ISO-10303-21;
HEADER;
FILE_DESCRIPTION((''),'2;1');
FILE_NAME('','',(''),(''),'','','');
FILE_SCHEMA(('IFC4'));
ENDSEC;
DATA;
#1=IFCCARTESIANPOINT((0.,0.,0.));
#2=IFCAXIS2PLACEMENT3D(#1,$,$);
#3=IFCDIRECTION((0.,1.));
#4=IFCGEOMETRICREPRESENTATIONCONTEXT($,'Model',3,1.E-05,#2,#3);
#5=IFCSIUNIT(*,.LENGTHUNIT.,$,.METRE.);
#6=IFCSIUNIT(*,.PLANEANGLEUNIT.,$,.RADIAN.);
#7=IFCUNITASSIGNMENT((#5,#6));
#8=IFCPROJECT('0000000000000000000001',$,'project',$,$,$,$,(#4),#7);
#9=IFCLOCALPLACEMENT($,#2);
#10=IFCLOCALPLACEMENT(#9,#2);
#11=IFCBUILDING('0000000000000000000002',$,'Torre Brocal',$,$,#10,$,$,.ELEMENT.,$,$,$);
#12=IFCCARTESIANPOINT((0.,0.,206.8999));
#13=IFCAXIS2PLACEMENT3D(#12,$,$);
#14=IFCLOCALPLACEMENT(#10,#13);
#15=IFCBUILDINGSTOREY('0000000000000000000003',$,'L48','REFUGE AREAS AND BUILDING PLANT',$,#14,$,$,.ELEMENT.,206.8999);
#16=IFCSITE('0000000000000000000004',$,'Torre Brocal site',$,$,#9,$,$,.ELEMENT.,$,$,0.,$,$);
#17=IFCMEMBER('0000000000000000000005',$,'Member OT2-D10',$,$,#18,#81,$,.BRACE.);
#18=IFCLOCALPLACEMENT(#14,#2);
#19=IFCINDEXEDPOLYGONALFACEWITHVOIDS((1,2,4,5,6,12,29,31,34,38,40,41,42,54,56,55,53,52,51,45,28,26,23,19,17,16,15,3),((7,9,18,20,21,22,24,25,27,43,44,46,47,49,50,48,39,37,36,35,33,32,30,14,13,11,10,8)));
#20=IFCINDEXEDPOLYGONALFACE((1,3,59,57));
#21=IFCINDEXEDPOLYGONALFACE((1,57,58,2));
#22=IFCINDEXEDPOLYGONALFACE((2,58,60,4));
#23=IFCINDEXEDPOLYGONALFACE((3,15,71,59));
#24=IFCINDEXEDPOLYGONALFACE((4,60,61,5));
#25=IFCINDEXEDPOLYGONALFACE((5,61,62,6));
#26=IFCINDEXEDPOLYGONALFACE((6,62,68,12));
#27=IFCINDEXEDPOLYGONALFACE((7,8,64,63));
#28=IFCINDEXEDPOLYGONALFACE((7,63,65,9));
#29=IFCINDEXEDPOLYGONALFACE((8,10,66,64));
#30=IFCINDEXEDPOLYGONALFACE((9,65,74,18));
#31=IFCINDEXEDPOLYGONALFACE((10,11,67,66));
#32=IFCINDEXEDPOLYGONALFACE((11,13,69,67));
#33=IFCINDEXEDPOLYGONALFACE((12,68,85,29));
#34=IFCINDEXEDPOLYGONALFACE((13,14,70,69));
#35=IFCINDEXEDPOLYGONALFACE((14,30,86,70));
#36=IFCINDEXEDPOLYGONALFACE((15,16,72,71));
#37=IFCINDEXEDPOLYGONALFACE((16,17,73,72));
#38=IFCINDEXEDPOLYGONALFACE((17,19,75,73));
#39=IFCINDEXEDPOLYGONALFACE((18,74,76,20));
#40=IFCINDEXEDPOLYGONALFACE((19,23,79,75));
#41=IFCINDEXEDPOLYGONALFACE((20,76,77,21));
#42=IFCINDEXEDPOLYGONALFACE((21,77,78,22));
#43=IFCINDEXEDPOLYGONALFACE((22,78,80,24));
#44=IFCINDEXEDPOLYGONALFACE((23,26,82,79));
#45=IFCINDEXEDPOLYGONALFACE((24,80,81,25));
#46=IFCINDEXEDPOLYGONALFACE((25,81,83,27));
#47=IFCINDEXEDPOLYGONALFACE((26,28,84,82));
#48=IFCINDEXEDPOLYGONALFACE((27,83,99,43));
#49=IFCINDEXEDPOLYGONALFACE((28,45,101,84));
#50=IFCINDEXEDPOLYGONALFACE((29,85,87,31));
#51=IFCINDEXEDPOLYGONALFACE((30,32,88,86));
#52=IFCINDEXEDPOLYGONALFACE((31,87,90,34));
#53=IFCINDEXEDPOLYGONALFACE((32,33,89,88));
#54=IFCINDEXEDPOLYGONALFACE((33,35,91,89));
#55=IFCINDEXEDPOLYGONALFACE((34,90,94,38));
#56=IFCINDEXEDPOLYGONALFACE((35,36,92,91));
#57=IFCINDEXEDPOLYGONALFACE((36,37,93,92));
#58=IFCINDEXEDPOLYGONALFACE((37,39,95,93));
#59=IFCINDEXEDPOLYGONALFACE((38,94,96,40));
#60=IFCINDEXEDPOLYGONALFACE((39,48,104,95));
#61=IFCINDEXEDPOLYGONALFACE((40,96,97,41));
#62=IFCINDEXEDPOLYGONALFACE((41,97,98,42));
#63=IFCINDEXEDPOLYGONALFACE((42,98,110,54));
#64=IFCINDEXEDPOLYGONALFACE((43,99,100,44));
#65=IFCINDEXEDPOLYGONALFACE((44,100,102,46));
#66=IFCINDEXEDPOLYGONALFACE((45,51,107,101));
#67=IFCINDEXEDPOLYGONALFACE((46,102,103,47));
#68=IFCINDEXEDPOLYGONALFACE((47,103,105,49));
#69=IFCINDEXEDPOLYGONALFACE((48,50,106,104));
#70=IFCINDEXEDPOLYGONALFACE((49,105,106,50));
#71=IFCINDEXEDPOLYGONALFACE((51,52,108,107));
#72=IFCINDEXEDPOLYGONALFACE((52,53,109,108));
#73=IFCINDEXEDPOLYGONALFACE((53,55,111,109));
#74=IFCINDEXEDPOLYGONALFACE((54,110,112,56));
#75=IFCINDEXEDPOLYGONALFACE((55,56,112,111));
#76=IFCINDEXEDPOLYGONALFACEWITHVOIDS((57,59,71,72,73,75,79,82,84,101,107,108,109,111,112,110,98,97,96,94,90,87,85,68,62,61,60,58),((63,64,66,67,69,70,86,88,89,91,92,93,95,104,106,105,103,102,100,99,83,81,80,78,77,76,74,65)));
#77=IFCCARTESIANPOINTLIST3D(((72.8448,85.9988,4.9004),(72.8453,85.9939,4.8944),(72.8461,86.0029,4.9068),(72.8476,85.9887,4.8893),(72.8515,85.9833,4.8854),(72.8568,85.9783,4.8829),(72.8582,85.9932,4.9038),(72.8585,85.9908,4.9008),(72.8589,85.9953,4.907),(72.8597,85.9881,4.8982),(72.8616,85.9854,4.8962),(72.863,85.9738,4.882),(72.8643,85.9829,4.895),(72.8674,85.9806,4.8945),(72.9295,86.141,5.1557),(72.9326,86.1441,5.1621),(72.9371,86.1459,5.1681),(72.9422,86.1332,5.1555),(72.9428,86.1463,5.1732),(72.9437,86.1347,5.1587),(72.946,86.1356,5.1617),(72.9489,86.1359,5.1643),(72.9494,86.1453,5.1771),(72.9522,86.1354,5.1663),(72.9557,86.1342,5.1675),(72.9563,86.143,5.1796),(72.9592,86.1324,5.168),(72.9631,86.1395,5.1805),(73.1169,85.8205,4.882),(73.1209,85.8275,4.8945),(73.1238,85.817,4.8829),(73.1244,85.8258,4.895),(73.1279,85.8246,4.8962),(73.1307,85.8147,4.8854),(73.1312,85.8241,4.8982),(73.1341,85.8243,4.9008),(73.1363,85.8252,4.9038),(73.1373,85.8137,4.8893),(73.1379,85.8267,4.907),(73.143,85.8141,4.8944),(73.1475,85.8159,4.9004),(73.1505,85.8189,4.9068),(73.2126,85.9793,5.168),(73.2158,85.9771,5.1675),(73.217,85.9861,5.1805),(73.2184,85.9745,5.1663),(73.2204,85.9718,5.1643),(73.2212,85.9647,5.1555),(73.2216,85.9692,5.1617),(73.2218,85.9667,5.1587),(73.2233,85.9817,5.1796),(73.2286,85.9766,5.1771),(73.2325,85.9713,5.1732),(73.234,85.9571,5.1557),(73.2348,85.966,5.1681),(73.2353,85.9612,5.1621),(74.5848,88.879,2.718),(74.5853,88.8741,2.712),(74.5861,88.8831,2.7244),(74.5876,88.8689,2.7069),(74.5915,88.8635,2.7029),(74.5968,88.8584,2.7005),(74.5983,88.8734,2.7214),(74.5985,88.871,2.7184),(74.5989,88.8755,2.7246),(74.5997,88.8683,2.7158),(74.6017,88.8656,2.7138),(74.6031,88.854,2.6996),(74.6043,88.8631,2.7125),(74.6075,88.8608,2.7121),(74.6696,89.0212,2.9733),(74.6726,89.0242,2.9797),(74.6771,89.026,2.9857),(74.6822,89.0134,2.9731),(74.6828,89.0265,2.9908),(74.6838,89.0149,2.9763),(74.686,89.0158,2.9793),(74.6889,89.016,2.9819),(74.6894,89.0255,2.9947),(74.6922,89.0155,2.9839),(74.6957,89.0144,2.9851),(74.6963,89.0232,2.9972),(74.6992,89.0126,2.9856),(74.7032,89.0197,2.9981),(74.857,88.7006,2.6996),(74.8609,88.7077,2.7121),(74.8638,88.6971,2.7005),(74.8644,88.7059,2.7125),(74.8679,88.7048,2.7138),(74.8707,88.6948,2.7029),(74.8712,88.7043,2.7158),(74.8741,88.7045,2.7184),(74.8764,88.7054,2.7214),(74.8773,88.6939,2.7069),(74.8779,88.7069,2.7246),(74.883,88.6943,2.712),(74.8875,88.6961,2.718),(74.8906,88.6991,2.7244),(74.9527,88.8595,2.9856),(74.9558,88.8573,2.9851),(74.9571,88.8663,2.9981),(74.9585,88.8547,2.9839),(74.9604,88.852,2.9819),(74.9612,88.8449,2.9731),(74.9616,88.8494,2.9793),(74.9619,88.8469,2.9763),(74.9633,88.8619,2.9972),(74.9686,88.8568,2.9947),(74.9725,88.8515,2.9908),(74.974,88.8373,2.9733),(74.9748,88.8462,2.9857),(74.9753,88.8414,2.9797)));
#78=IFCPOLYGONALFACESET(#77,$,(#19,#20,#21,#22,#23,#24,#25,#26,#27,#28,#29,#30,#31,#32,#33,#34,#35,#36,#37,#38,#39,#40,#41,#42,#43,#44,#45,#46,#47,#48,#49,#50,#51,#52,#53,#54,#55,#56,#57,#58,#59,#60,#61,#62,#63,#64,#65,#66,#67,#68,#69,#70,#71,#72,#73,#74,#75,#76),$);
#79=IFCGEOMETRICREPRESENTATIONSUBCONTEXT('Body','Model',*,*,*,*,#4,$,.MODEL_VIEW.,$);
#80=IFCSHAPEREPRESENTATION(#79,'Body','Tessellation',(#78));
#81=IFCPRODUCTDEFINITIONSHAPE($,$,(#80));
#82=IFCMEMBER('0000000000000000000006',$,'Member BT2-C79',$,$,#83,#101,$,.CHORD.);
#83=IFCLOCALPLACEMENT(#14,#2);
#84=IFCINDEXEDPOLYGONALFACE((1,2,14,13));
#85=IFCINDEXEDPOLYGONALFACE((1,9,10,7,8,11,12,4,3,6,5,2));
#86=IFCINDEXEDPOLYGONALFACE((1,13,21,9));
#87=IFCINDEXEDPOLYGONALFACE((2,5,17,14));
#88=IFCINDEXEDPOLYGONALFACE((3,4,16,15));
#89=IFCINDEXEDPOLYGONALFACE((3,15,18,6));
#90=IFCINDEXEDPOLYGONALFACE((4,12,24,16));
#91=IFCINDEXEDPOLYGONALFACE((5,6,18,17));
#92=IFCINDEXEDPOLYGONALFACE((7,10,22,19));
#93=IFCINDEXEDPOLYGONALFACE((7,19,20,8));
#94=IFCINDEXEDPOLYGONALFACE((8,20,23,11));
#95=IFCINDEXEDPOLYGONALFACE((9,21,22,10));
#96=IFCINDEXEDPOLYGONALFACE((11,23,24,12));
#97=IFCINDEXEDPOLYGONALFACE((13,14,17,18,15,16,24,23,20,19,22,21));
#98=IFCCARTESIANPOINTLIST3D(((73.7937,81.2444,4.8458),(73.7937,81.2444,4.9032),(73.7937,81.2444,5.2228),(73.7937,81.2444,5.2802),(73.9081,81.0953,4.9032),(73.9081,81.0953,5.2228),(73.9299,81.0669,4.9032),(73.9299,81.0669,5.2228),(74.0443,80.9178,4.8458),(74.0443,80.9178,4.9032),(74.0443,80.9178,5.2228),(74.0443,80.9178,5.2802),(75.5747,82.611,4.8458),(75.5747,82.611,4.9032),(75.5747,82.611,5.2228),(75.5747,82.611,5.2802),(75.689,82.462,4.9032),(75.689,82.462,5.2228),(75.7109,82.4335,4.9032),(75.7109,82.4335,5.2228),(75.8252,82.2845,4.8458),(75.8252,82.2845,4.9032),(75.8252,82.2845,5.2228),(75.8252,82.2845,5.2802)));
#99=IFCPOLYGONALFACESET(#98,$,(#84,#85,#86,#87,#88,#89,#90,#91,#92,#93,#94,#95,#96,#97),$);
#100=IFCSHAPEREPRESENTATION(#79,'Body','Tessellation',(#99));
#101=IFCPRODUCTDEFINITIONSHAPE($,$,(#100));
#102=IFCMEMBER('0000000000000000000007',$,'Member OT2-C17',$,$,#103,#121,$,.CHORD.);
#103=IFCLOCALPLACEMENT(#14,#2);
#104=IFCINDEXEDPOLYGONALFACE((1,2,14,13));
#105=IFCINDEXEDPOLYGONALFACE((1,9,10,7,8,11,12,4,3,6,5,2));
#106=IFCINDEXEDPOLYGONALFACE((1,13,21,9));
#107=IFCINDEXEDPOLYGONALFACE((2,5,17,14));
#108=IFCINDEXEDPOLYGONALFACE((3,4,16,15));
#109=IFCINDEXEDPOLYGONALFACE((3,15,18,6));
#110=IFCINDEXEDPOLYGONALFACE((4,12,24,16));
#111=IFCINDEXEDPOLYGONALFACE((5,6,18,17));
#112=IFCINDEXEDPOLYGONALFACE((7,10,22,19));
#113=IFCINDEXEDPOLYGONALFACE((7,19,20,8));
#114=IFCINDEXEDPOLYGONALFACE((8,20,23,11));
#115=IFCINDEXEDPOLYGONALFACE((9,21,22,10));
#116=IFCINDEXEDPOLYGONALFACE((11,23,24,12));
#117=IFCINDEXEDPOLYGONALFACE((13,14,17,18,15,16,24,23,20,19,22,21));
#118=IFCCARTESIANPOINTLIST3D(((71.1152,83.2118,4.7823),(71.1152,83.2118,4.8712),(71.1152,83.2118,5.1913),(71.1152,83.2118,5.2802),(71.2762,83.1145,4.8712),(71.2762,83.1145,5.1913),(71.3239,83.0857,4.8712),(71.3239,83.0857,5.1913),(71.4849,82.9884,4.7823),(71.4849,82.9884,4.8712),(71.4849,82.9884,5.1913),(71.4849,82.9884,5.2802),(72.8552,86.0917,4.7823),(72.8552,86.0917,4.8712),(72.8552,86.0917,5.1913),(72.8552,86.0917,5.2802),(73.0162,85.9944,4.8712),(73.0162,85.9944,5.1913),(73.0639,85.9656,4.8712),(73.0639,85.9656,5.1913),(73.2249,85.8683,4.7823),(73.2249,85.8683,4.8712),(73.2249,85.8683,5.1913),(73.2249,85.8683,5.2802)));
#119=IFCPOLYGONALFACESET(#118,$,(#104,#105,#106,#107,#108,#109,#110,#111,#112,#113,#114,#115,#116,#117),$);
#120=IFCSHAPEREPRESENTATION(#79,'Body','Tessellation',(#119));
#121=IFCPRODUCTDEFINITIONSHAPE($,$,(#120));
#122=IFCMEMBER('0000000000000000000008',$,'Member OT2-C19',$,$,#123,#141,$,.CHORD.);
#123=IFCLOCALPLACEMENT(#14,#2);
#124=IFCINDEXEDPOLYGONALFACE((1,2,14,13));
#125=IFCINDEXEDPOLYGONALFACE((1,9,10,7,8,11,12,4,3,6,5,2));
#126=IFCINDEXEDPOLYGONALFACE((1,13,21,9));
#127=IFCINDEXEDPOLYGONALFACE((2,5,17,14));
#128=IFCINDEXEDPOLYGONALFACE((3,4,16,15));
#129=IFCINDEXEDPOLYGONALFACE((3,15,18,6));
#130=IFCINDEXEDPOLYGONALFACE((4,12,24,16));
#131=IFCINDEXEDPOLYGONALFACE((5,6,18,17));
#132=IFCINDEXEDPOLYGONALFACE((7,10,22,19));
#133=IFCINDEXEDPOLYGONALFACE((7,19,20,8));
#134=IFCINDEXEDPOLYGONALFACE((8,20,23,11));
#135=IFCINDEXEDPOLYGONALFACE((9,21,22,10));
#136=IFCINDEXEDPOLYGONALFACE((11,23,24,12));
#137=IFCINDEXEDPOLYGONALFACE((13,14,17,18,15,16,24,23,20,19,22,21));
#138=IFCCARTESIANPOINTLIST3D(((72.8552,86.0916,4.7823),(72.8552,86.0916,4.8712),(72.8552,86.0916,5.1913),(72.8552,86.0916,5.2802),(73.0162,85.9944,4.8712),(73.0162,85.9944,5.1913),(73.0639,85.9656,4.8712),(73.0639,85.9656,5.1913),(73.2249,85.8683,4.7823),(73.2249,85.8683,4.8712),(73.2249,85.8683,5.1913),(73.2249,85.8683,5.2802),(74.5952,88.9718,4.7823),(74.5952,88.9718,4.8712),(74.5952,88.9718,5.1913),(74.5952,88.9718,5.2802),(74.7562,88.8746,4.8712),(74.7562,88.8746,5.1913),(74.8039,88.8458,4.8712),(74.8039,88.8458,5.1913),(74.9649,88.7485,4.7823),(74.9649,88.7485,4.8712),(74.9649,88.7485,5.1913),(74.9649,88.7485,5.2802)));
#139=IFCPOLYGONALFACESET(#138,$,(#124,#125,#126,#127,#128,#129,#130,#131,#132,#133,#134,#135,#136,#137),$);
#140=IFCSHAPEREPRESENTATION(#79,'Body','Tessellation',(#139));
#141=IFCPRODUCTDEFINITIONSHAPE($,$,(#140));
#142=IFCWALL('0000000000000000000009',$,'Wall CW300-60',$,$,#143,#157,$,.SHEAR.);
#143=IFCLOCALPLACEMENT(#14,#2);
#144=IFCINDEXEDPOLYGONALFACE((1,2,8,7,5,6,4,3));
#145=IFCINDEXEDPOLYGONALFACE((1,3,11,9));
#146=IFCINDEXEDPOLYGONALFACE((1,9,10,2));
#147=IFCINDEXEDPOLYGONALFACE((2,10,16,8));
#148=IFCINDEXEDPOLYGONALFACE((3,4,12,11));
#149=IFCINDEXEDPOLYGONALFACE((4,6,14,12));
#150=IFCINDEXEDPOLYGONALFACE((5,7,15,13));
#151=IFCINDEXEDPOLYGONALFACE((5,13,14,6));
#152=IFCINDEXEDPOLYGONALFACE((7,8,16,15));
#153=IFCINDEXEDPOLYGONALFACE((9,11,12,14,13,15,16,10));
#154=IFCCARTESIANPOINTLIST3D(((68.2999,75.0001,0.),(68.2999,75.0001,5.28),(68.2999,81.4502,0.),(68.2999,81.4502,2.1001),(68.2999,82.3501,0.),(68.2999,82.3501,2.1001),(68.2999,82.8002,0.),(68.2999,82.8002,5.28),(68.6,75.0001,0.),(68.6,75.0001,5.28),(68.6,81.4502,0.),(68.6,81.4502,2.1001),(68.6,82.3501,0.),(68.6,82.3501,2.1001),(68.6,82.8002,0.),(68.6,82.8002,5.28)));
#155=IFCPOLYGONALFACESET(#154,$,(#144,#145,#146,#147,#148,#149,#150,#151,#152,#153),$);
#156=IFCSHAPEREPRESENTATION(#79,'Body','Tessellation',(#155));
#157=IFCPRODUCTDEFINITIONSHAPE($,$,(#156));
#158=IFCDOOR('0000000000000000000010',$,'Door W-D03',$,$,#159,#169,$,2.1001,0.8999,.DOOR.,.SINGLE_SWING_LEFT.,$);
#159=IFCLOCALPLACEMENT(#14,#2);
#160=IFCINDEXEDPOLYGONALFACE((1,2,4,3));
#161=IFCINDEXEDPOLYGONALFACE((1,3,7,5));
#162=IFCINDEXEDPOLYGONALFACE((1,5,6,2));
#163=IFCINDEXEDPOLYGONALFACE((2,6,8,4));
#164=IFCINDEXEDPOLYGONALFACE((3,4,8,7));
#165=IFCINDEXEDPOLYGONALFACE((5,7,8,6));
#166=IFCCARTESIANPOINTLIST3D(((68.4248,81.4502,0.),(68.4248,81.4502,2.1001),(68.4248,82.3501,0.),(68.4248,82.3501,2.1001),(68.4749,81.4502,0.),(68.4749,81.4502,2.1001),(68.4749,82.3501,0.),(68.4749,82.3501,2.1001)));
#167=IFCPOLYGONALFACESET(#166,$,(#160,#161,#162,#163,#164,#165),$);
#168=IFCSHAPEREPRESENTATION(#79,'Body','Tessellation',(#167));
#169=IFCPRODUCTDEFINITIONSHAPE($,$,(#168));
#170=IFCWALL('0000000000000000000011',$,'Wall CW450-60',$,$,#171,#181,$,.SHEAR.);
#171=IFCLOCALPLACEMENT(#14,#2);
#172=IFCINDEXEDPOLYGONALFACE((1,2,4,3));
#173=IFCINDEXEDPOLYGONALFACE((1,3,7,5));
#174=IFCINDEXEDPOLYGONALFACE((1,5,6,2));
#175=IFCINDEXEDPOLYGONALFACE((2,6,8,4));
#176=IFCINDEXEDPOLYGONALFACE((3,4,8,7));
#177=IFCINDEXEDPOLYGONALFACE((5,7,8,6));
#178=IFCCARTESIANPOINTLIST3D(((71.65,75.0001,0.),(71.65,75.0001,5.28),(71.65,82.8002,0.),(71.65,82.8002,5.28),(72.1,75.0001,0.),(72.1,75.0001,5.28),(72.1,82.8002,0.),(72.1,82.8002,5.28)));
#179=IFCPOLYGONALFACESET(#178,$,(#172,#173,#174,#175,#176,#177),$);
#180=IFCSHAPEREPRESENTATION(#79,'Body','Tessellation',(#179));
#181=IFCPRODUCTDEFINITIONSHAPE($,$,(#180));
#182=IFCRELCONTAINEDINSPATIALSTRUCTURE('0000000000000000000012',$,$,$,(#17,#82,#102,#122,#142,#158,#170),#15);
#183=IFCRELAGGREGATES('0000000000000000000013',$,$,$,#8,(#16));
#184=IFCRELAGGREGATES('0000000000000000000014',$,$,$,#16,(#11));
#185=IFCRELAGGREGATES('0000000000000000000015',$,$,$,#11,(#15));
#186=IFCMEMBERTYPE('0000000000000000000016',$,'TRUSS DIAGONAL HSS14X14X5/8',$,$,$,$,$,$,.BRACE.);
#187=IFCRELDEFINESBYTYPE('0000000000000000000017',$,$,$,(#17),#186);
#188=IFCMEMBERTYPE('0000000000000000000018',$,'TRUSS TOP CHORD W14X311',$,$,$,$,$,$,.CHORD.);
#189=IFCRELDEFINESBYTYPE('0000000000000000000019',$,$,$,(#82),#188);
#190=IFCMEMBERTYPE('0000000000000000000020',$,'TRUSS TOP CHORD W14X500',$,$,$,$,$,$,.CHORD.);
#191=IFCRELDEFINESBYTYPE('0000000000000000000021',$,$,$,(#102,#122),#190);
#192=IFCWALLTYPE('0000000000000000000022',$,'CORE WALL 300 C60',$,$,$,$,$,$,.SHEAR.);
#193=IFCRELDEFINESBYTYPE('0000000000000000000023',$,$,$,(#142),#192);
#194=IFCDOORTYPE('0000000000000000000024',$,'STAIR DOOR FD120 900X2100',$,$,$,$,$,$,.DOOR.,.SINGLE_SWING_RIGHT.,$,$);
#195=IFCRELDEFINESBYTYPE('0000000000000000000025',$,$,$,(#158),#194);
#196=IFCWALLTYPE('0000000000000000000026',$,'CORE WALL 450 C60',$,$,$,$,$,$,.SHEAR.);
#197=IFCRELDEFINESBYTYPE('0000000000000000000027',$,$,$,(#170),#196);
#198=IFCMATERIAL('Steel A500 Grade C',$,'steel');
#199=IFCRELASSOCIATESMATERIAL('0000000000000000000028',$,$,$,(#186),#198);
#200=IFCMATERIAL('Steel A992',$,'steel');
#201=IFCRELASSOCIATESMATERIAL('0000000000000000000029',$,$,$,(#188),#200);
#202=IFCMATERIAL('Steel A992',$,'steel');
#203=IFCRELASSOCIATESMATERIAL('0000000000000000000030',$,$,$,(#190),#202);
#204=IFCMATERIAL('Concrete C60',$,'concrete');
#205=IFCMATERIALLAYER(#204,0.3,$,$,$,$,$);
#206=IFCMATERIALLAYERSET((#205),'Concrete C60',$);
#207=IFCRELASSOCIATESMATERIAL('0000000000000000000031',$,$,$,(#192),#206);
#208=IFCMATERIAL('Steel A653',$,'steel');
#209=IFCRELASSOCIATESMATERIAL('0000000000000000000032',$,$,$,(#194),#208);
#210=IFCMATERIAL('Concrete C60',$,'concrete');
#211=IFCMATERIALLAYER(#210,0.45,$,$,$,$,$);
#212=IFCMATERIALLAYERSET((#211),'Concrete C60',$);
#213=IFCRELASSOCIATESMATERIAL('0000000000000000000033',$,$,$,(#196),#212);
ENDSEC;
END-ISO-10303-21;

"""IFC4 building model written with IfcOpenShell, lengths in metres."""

from ifc_helpers import new_model, si_unit, direction, frame, frame_2d, origin, origin_2d, place, context, subcontext, project, spatial, rectangle, hollow_rectangle, i_section, extrude, material, layer, layer_set, material_profile, profile_set, type_object, element, fill, save


model = new_model("IFC4")

# Units and contexts
model_context = context("Model", 3, precision=1e-05, world=origin(), true_north=direction((0.0, 1.0)))
body_context = subcontext(model_context, "Body", "Model", "MODEL_VIEW")
ifc_project = project(units=[si_unit("LENGTHUNIT", "METRE"), si_unit("PLANEANGLEUNIT", "RADIAN")], contexts=[model_context])

# Site, building, storey
site_placement = place(None, origin())
site = spatial("IfcSite", under=ifc_project, at=site_placement, Name="Torre Brocal site", CompositionType="ELEMENT", RefElevation=0.0)
building_placement = place(site_placement, origin())
building = spatial("IfcBuilding", under=site, at=building_placement, Name="Torre Brocal", CompositionType="ELEMENT")
storey_placement = place(building_placement, frame((0.0, 0.0, 206.8999)))
storey = spatial("IfcBuildingStorey", under=building, at=storey_placement, Name="L48", Description="REFUGE AREAS AND BUILDING PLANT", CompositionType="ELEMENT", Elevation=206.8999)

# Members
ifc_material_1 = material(Name="Steel A500 Grade C", Category="steel")
ifc_material_profile_1 = material_profile(ifc_material_1, hollow_rectangle(XDim=0.3557, YDim=0.3557, WallThickness=0.0149, InnerFilletRadius=0.0149, OuterFilletRadius=0.0295, at=origin_2d()), Name="HSS14X14X5/8")
ifc_profile_set_1 = profile_set([ifc_material_profile_1], Name="Steel A500 Grade C")
member_type_1 = type_object("IfcMemberType", Name="TRUSS DIAGONAL HSS14X14X5/8", PredefinedType="BRACE", material=ifc_profile_set_1)
member_1_placement = place(storey_placement, frame((73.04, 85.98, 5.0312), z_axis=(0.433841, 0.718117, -0.544142), x_axis=(-0.855927, 0.517097, 0.0)))
element("IfcMember", 1, at=member_1_placement, inside=storey, type_object=member_type_1, Name="Member OT2-D10", PredefinedType="BRACE", context=body_context, shape_type="SweptSolid", body=[
    extrude(hollow_rectangle(XDim=0.3557, YDim=0.3557, WallThickness=0.0149, InnerFilletRadius=0.0149, OuterFilletRadius=0.0295, at=origin_2d()), origin(), (0.0, 0.0, 1.0), 4.0107),
])
ifc_material_2 = material(Name="Steel A992", Category="steel")
ifc_material_profile_2 = material_profile(ifc_material_2, i_section(OverallWidth=0.4116, OverallDepth=0.4343, WebThickness=0.0359, FlangeThickness=0.0574, at=origin_2d()), Name="W14X311")
ifc_profile_set_2 = profile_set([ifc_material_profile_2], Name="Steel A992")
member_type_2 = type_object("IfcMemberType", Name="TRUSS TOP CHORD W14X311", PredefinedType="CHORD", material=ifc_profile_set_2)
member_2_placement = place(storey_placement, frame((75.7, 82.4478, 5.063), z_axis=(-0.793335, -0.608785, 0.0), x_axis=(0.608785, -0.793335, 0.0)))
element("IfcMember", 2, at=member_2_placement, inside=storey, type_object=member_type_2, Name="Member BT2-C79", PredefinedType="CHORD", context=body_context, shape_type="SweptSolid", body=[
    extrude(i_section(OverallWidth=0.4116, OverallDepth=0.4343, WebThickness=0.0359, FlangeThickness=0.0574, at=origin_2d()), origin(), (0.0, 0.0, 1.0), 2.2449),
])
ifc_material_3 = material(Name="Steel A992", Category="steel")
ifc_material_profile_3 = material_profile(ifc_material_3, i_section(OverallWidth=0.4319, OverallDepth=0.4978, WebThickness=0.0557, FlangeThickness=0.0889, at=origin_2d()), Name="W14X500")
ifc_profile_set_3 = profile_set([ifc_material_profile_3], Name="Steel A992")
member_type_3 = type_object("IfcMemberType", Name="TRUSS TOP CHORD W14X500", PredefinedType="CHORD", material=ifc_profile_set_3)
member_3_placement = place(storey_placement, frame((71.3, 83.1001, 5.0312), z_axis=(0.517129, 0.855908, 0.0), x_axis=(-0.855908, 0.517129, 0.0)))
element("IfcMember", 3, at=member_3_placement, inside=storey, type_object=member_type_3, Name="Member OT2-C17", PredefinedType="CHORD", context=body_context, shape_type="SweptSolid", body=[
    extrude(i_section(OverallWidth=0.4319, OverallDepth=0.4978, WebThickness=0.0557, FlangeThickness=0.0889, at=origin_2d()), origin(), (0.0, 0.0, 1.0), 3.3647),
])
member_4_placement = place(storey_placement, frame((73.04, 85.98, 5.0312), z_axis=(0.517097, 0.855927, 0.0), x_axis=(-0.855927, 0.517097, 0.0)))
element("IfcMember", 4, at=member_4_placement, inside=storey, type_object=member_type_3, Name="Member OT2-C19", PredefinedType="CHORD", context=body_context, shape_type="SweptSolid", body=[
    extrude(i_section(OverallWidth=0.4319, OverallDepth=0.4978, WebThickness=0.0557, FlangeThickness=0.0889, at=origin_2d()), origin(), (0.0, 0.0, 1.0), 3.365),
])

# Wall, opening, door
ifc_material_4 = material(Name="Concrete C60", Category="concrete")
ifc_layer_1 = layer(ifc_material_4, 0.3)
ifc_layer_set_1 = layer_set([ifc_layer_1], Name="Concrete C60")
wall_type_1 = type_object("IfcWallType", Name="CORE WALL 300 C60", PredefinedType="SHEAR", material=ifc_layer_set_1)
wall_1_placement = place(storey_placement, frame((68.45, 82.8, 0.0), z_axis=(0.0, 0.0, 1.0), x_axis=(0.0, -1.0, 0.0)))
wall_1 = element("IfcWall", 5, at=wall_1_placement, inside=storey, type_object=wall_type_1, Name="Wall CW300-60", PredefinedType="SHEAR", context=body_context, shape_type="SweptSolid", body=[
    extrude(rectangle(XDim=7.8, YDim=0.3, at=frame_2d((3.8999, 0.0))), origin(), (0.0, 0.0, 1.0), 5.28),
])
opening_1_placement = place(wall_1_placement, frame((0.45, 0.0, 0.0)))
opening_1 = element("IfcOpeningElement", 6, at=opening_1_placement, cuts=wall_1, PredefinedType="OPENING", context=body_context, shape_type="SweptSolid", body=[
    extrude(rectangle(XDim=0.8999, YDim=2.1001, at=frame_2d((0.45, 1.05))), frame((0.0, 0.1599, 0.0), z_axis=(0.0, -1.0, 0.0), x_axis=(1.0, 0.0, 0.0)), (0.0, 0.0, 1.0), 0.3201),
])
ifc_material_5 = material(Name="Steel A653", Category="steel")
door_type_1 = type_object("IfcDoorType", Name="STAIR DOOR FD120 900X2100", OperationType="SINGLE_SWING_RIGHT", PredefinedType="DOOR", material=ifc_material_5)
door_1_placement = place(opening_1_placement, origin())
door_1 = element("IfcDoor", 7, at=door_1_placement, inside=storey, type_object=door_type_1, Name="Door W-D03", OperationType="SINGLE_SWING_LEFT", OverallHeight=2.1001, OverallWidth=0.8999, PredefinedType="DOOR", context=body_context, shape_type="SweptSolid", body=[
    extrude(rectangle(XDim=0.8999, YDim=2.1001, at=frame_2d((0.45, 1.05))), frame((0.0, 0.0249, 0.0), z_axis=(0.0, -1.0, 0.0), x_axis=(1.0, 0.0, 0.0)), (0.0, 0.0, 1.0), 0.05),
])
fill(opening_1, door_1)

# Wall
ifc_material_6 = material(Name="Concrete C60", Category="concrete")
ifc_layer_2 = layer(ifc_material_6, 0.45)
ifc_layer_set_2 = layer_set([ifc_layer_2], Name="Concrete C60")
wall_type_2 = type_object("IfcWallType", Name="CORE WALL 450 C60", PredefinedType="SHEAR", material=ifc_layer_set_2)
wall_2_placement = place(storey_placement, frame((71.875, 82.8, 0.0), z_axis=(0.0, 0.0, 1.0), x_axis=(0.0, -1.0, 0.0)))
element("IfcWall", 8, at=wall_2_placement, inside=storey, type_object=wall_type_2, Name="Wall CW450-60", PredefinedType="SHEAR", context=body_context, shape_type="SweptSolid", body=[
    extrude(rectangle(XDim=7.8, YDim=0.45, at=frame_2d((3.8999, 0.0))), origin(), (0.0, 0.0, 1.0), 5.28),
])

save(model, "model.ifc")
